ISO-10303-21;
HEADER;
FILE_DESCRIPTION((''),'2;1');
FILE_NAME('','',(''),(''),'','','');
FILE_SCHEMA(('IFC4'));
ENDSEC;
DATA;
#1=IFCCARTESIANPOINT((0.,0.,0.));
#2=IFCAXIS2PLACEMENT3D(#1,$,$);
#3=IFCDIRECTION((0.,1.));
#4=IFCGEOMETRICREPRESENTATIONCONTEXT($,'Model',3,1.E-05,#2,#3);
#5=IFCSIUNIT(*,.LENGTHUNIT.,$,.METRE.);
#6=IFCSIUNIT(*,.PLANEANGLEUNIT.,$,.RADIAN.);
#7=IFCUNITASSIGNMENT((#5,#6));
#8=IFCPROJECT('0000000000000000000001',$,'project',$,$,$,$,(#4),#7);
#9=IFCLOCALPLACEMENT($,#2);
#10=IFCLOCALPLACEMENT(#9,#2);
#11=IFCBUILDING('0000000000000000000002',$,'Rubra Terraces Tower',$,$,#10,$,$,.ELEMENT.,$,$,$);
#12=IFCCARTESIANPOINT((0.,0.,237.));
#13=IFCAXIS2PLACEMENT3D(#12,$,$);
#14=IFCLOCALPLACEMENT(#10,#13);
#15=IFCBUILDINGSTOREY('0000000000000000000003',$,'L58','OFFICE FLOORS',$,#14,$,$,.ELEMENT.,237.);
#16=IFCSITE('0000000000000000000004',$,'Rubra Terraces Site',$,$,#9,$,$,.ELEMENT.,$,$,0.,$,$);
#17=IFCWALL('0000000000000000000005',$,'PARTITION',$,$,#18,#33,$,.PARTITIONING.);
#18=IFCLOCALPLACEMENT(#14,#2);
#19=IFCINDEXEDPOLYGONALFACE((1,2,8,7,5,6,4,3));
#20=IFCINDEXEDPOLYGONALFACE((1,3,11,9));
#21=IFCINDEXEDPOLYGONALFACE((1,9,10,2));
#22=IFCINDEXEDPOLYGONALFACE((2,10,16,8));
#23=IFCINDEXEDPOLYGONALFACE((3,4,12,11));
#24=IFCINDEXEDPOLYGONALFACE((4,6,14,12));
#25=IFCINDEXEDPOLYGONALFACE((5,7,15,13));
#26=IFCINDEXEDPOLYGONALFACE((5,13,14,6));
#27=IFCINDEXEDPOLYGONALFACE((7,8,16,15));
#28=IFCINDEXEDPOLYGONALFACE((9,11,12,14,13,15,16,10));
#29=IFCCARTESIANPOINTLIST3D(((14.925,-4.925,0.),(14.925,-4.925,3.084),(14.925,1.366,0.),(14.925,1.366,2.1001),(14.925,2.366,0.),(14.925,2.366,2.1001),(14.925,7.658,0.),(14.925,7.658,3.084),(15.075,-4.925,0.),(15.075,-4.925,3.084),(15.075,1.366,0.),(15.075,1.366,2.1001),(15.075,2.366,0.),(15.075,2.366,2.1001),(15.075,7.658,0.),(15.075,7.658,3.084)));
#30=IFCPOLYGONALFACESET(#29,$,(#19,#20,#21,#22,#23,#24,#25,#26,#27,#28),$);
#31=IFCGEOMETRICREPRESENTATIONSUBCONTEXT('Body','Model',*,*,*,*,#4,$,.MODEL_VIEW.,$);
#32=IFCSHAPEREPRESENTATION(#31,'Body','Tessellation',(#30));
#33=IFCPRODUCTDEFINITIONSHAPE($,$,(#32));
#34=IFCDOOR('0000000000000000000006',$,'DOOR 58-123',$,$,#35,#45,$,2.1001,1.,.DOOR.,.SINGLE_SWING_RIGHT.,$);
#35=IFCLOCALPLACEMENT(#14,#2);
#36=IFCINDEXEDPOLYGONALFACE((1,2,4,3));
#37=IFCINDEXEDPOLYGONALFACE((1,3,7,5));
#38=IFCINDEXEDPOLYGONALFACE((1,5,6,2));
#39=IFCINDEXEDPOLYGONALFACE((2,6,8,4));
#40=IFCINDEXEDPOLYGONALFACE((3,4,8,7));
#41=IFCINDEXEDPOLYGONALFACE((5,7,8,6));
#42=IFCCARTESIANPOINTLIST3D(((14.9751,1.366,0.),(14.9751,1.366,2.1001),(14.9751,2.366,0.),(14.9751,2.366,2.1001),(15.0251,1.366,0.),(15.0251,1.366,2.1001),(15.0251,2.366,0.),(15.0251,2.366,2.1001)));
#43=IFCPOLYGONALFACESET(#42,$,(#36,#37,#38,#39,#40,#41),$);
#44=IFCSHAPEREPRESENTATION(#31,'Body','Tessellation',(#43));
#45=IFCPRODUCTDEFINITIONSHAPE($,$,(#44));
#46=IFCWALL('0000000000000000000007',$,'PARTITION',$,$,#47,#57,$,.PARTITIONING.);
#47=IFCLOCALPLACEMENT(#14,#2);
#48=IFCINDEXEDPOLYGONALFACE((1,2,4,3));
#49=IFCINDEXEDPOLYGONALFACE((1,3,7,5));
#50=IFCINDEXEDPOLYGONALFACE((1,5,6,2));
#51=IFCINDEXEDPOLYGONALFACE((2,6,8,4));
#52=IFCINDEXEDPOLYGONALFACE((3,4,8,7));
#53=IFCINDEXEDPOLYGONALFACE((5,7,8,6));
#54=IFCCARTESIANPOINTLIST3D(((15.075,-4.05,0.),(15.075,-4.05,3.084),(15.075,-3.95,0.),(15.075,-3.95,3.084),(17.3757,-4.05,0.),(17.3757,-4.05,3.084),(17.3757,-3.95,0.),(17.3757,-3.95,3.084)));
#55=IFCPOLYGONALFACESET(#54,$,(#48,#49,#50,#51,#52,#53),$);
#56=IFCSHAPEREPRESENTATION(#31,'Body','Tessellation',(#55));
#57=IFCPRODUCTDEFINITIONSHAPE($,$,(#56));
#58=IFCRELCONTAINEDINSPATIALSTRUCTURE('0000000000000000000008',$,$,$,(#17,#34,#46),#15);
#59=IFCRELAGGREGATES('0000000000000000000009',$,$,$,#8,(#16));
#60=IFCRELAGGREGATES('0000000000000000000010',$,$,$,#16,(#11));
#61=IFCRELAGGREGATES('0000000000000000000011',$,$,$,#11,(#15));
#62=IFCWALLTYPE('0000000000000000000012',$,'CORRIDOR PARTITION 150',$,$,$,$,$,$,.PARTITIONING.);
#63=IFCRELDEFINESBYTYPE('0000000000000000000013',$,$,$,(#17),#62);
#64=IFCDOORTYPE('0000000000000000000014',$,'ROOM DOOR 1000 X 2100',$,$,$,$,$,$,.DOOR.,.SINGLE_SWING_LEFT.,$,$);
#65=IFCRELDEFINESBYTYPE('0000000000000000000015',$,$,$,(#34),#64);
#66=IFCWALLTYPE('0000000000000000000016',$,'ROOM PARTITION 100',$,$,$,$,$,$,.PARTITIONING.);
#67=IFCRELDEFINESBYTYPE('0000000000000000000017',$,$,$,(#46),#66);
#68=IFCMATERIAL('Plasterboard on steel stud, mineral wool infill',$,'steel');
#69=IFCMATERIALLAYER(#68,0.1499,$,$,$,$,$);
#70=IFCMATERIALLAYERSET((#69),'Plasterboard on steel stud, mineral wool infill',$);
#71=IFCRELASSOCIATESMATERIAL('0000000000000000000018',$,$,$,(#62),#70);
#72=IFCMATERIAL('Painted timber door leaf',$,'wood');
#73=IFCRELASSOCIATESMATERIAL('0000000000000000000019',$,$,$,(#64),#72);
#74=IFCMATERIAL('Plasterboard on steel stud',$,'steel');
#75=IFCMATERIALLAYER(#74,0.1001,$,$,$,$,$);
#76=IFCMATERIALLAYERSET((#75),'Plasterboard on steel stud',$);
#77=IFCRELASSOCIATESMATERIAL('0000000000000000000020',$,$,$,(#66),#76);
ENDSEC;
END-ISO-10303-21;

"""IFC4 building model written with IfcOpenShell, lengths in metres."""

from ifc_helpers import new_model, si_unit, direction, frame, frame_2d, origin, place, context, subcontext, project, spatial, rectangle, extrude, material, layer, layer_set, type_object, element, fill, save


model = new_model("IFC4")

# Units and contexts
model_context = context("Model", 3, precision=1e-05, world=origin(), true_north=direction((0.0, 1.0)))
body_context = subcontext(model_context, "Body", "Model", "MODEL_VIEW")
ifc_project = project(units=[si_unit("LENGTHUNIT", "METRE"), si_unit("PLANEANGLEUNIT", "RADIAN")], contexts=[model_context])

# Site, building, storey
site_placement = place(None, origin())
site = spatial("IfcSite", under=ifc_project, at=site_placement, Name="Rubra Terraces Site", CompositionType="ELEMENT", RefElevation=0.0)
building_placement = place(site_placement, origin())
building = spatial("IfcBuilding", under=site, at=building_placement, Name="Rubra Terraces Tower", CompositionType="ELEMENT")
storey_placement = place(building_placement, frame((0.0, 0.0, 237.0)))
storey = spatial("IfcBuildingStorey", under=building, at=storey_placement, Name="L58", Description="OFFICE FLOORS", CompositionType="ELEMENT", Elevation=237.0)

# Shared definitions
ifc_material_1 = material(Name="Plasterboard on steel stud, mineral wool infill", Category="steel")
ifc_layer_1 = layer(ifc_material_1, 0.1499)
ifc_layer_set_1 = layer_set([ifc_layer_1], Name="Plasterboard on steel stud, mineral wool infill")
wall_type_1 = type_object("IfcWallType", Name="CORRIDOR PARTITION 150", PredefinedType="PARTITIONING", material=ifc_layer_set_1)

# Wall, opening, door
wall_1_placement = place(storey_placement, frame((15.0, -4.925, 0.0), z_axis=(0.0, 0.0, 1.0), x_axis=(0.0, 1.0, 0.0)))
wall_1 = element("IfcWall", 1, at=wall_1_placement, inside=storey, type_object=wall_type_1, Name="PARTITION", PredefinedType="PARTITIONING", context=body_context, shape_type="SweptSolid", body=[
    extrude(rectangle(XDim=12.583, YDim=0.1499, at=frame_2d((6.2915, 0.0))), origin(), (0.0, 0.0, 1.0), 3.084),
])
opening_1_placement = place(wall_1_placement, frame((6.291, 0.0, 0.0)))
opening_1 = element("IfcOpeningElement", 2, at=opening_1_placement, cuts=wall_1, PredefinedType="OPENING", context=body_context, shape_type="SweptSolid", body=[
    extrude(rectangle(XDim=1.0, YDim=2.1001, at=frame_2d((0.5, 1.05))), frame((0.0, 0.085, 0.0), z_axis=(0.0, -1.0, 0.0), x_axis=(1.0, 0.0, 0.0)), (0.0, 0.0, 1.0), 0.1699),
])
ifc_material_2 = material(Name="Painted timber door leaf", Category="wood")
door_type = type_object("IfcDoorType", Name="ROOM DOOR 1000 X 2100", OperationType="SINGLE_SWING_LEFT", PredefinedType="DOOR", material=ifc_material_2)
door_placement = place(opening_1_placement, origin())
door = element("IfcDoor", 3, at=door_placement, inside=storey, type_object=door_type, Name="DOOR 58-123", OperationType="SINGLE_SWING_RIGHT", OverallHeight=2.1001, OverallWidth=1.0, PredefinedType="DOOR", context=body_context, shape_type="SweptSolid", body=[
    extrude(rectangle(XDim=1.0, YDim=2.1001, at=frame_2d((0.5, 1.05))), frame((0.0, 0.0249, 0.0), z_axis=(0.0, -1.0, 0.0), x_axis=(1.0, 0.0, 0.0)), (0.0, 0.0, 1.0), 0.05),
])
fill(opening_1, door)

# Wall
ifc_material_3 = material(Name="Plasterboard on steel stud", Category="steel")
ifc_layer_2 = layer(ifc_material_3, 0.1001)
ifc_layer_set_2 = layer_set([ifc_layer_2], Name="Plasterboard on steel stud")
wall_type_2 = type_object("IfcWallType", Name="ROOM PARTITION 100", PredefinedType="PARTITIONING", material=ifc_layer_set_2)
wall_2_placement = place(storey_placement, frame((15.075, -4.0, 0.0), z_axis=(0.0, 0.0, 1.0), x_axis=(1.0, 0.0, 0.0)))
element("IfcWall", 4, at=wall_2_placement, inside=storey, type_object=wall_type_2, Name="PARTITION", PredefinedType="PARTITIONING", context=body_context, shape_type="SweptSolid", body=[
    extrude(rectangle(XDim=2.3008, YDim=0.1001, at=frame_2d((1.1504, 0.0))), origin(), (0.0, 0.0, 1.0), 3.084),
])

save(model, "model.ifc")
